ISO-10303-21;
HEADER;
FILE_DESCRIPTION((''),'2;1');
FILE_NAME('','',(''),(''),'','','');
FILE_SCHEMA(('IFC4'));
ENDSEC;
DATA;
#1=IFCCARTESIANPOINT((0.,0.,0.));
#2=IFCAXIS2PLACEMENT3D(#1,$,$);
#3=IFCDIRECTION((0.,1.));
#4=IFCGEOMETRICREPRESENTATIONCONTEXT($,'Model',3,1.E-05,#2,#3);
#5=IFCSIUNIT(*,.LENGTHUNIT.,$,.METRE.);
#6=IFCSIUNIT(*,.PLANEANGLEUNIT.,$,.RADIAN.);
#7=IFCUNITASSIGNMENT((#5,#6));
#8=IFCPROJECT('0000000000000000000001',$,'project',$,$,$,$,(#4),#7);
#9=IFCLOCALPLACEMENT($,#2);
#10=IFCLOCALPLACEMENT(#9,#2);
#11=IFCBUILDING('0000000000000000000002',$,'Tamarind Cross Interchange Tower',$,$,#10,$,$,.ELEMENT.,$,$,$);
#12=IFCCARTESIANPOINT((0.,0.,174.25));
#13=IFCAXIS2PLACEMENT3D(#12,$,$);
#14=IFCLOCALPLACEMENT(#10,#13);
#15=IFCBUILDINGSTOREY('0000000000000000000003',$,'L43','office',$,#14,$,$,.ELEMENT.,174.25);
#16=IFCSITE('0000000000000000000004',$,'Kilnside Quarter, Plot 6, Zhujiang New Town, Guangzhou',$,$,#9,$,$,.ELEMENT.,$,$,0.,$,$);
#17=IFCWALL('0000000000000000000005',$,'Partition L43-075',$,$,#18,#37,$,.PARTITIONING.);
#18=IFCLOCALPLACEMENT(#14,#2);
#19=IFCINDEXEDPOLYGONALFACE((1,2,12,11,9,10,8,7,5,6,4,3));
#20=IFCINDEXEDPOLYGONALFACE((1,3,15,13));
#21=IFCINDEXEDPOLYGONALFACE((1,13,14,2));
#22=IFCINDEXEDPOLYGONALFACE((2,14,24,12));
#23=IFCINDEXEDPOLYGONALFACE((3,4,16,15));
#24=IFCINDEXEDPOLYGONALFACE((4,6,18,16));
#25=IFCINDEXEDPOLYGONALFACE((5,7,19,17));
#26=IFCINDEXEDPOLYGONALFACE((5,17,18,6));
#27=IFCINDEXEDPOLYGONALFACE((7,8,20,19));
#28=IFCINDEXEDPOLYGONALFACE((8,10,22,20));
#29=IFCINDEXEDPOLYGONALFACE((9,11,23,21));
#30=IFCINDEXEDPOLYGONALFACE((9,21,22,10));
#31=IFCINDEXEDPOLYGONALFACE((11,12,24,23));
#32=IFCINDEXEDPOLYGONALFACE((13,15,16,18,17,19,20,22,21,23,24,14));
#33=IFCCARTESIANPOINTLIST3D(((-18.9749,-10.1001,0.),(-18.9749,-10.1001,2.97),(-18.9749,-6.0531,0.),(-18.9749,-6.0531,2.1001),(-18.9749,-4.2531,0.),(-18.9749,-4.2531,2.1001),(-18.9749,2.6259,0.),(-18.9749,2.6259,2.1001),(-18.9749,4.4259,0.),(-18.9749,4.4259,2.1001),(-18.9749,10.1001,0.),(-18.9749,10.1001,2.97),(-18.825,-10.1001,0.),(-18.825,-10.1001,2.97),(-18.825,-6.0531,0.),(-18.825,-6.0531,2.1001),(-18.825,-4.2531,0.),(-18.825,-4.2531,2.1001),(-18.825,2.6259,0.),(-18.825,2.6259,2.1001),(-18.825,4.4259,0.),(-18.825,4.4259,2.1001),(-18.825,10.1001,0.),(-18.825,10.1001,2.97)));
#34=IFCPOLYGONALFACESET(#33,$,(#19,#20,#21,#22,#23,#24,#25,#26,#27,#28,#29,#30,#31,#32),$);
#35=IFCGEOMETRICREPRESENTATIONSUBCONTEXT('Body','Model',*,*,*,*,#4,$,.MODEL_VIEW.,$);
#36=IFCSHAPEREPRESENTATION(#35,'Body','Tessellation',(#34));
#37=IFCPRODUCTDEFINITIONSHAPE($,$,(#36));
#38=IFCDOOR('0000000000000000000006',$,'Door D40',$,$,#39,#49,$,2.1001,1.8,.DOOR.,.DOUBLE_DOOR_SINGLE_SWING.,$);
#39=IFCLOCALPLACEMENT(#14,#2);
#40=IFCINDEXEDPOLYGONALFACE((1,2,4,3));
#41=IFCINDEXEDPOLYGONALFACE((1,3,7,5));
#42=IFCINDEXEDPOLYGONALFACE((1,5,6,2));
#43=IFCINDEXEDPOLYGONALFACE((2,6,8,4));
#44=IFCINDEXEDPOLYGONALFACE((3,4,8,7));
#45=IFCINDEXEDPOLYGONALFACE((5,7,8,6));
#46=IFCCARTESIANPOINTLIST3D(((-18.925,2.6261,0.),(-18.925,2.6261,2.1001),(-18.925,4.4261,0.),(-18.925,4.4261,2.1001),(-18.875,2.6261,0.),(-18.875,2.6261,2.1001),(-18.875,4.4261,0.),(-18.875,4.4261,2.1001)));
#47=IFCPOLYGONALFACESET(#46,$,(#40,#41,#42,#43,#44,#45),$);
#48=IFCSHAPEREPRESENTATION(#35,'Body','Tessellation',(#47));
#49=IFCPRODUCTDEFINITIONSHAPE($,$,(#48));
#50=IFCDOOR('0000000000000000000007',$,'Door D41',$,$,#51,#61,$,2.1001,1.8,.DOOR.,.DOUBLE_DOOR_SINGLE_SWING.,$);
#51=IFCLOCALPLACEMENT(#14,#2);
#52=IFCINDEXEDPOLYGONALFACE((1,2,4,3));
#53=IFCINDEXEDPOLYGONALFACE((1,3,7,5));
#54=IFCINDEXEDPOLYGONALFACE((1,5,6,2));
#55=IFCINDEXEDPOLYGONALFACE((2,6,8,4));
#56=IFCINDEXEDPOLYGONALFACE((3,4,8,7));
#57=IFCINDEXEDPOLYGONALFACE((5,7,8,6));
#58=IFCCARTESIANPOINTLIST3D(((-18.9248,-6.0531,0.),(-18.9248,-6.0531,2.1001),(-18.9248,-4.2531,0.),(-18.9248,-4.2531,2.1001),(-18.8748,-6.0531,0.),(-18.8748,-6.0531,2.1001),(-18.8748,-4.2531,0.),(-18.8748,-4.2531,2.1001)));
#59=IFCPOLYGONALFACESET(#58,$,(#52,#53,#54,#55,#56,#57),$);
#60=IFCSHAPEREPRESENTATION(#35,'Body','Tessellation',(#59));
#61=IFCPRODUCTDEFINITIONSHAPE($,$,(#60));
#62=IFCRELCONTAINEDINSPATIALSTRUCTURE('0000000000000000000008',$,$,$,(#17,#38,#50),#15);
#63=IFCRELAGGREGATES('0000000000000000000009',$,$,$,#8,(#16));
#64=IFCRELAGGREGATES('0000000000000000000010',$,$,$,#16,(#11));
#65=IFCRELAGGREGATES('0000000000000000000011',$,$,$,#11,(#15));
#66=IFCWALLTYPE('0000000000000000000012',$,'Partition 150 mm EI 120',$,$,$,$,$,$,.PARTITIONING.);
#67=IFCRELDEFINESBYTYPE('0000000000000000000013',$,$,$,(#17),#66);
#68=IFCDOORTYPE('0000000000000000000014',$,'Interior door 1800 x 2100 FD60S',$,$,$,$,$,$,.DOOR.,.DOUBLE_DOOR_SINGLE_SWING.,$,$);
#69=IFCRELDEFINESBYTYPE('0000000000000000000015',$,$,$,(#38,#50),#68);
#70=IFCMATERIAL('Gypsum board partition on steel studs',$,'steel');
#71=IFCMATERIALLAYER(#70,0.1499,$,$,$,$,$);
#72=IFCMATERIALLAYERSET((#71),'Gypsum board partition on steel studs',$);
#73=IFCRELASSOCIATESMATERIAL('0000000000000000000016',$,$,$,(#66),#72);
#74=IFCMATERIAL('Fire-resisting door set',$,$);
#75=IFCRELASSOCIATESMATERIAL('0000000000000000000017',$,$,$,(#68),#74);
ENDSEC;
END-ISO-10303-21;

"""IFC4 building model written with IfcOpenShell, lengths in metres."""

from ifc_helpers import new_model, si_unit, direction, frame, frame_2d, origin, place, context, subcontext, project, spatial, rectangle, extrude, material, layer, layer_set, type_object, element, fill, save


model = new_model("IFC4")

# Units and contexts
model_context = context("Model", 3, precision=1e-05, world=origin(), true_north=direction((0.0, 1.0)))
body_context = subcontext(model_context, "Body", "Model", "MODEL_VIEW")
ifc_project = project(units=[si_unit("LENGTHUNIT", "METRE"), si_unit("PLANEANGLEUNIT", "RADIAN")], contexts=[model_context])

# Site, building, storey
site_placement = place(None, origin())
site = spatial("IfcSite", under=ifc_project, at=site_placement, Name="Kilnside Quarter, Plot 6, Zhujiang New Town, Guangzhou", CompositionType="ELEMENT", RefElevation=0.0)
building_placement = place(site_placement, origin())
building = spatial("IfcBuilding", under=site, at=building_placement, Name="Tamarind Cross Interchange Tower", CompositionType="ELEMENT")
storey_placement = place(building_placement, frame((0.0, 0.0, 174.25)))
storey = spatial("IfcBuildingStorey", under=building, at=storey_placement, Name="L43", Description="office", CompositionType="ELEMENT", Elevation=174.25)

# Shared definitions
ifc_material_1 = material(Name="Gypsum board partition on steel studs", Category="steel")

# Shared definitions
ifc_layer_1 = layer(ifc_material_1, 0.1499)
ifc_layer_set_1 = layer_set([ifc_layer_1], Name="Gypsum board partition on steel studs")
wall_type_1 = type_object("IfcWallType", Name="Partition 150 mm EI 120", PredefinedType="PARTITIONING", material=ifc_layer_set_1)
ifc_material_2 = material(Name="Fire-resisting door set")

# Shared definitions
door_type_1 = type_object("IfcDoorType", Name="Interior door 1800 x 2100 FD60S", OperationType="DOUBLE_DOOR_SINGLE_SWING", PredefinedType="DOOR", material=ifc_material_2)

# Wall, openings, doors
wall_1_placement = place(storey_placement, frame((-18.8999, -10.1001, 0.0), z_axis=(0.0, 0.0, 1.0), x_axis=(0.0, 1.0, 0.0)))
wall_1 = element("IfcWall", 1, at=wall_1_placement, inside=storey, type_object=wall_type_1, Name="Partition L43-075", PredefinedType="PARTITIONING", context=body_context, shape_type="SweptSolid", body=[
    extrude(rectangle(XDim=20.2002, YDim=0.1499, at=frame_2d((10.1001, 0.0))), origin(), (0.0, 0.0, 1.0), 2.97),
])
opening_1_placement = place(wall_1_placement, frame((12.7261, 0.0, 0.0)))
opening_1 = element("IfcOpeningElement", 2, at=opening_1_placement, cuts=wall_1, PredefinedType="OPENING", context=body_context, shape_type="SweptSolid", body=[
    extrude(rectangle(XDim=1.8, YDim=2.1001, at=frame_2d((0.8999, 1.05))), frame((0.0, 0.085, 0.0), z_axis=(0.0, -1.0, 0.0), x_axis=(1.0, 0.0, 0.0)), (0.0, 0.0, 1.0), 0.1699),
])
opening_2_placement = place(wall_1_placement, frame((4.0471, 0.0, 0.0)))
opening_2 = element("IfcOpeningElement", 3, at=opening_2_placement, cuts=wall_1, PredefinedType="OPENING", context=body_context, shape_type="SweptSolid", body=[
    extrude(rectangle(XDim=1.8, YDim=2.1001, at=frame_2d((0.8999, 1.05))), frame((0.0, 0.085, 0.0), z_axis=(0.0, -1.0, 0.0), x_axis=(1.0, 0.0, 0.0)), (0.0, 0.0, 1.0), 0.1699),
])
door_1_placement = place(opening_1_placement, frame((1.8, 0.0, 0.0), z_axis=(0.0, 0.0, 1.0), x_axis=(-1.0, 0.0, 0.0)))
door_1 = element("IfcDoor", 4, at=door_1_placement, inside=storey, type_object=door_type_1, Name="Door D40", OperationType="DOUBLE_DOOR_SINGLE_SWING", OverallHeight=2.1001, OverallWidth=1.8, PredefinedType="DOOR", context=body_context, shape_type="SweptSolid", body=[
    extrude(rectangle(XDim=1.8, YDim=2.1001, at=frame_2d((0.8999, 1.05))), frame((0.0, 0.0249, 0.0), z_axis=(0.0, -1.0, 0.0), x_axis=(1.0, 0.0, 0.0)), (0.0, 0.0, 1.0), 0.05),
])
fill(opening_1, door_1)
door_2_placement = place(opening_2_placement, origin())
door_2 = element("IfcDoor", 5, at=door_2_placement, inside=storey, type_object=door_type_1, Name="Door D41", OperationType="DOUBLE_DOOR_SINGLE_SWING", OverallHeight=2.1001, OverallWidth=1.8, PredefinedType="DOOR", context=body_context, shape_type="SweptSolid", body=[
    extrude(rectangle(XDim=1.8, YDim=2.1001, at=frame_2d((0.8999, 1.05))), frame((0.0, 0.0249, 0.0), z_axis=(0.0, -1.0, 0.0), x_axis=(1.0, 0.0, 0.0)), (0.0, 0.0, 1.0), 0.05),
])
fill(opening_2, door_2)

save(model, "model.ifc")
